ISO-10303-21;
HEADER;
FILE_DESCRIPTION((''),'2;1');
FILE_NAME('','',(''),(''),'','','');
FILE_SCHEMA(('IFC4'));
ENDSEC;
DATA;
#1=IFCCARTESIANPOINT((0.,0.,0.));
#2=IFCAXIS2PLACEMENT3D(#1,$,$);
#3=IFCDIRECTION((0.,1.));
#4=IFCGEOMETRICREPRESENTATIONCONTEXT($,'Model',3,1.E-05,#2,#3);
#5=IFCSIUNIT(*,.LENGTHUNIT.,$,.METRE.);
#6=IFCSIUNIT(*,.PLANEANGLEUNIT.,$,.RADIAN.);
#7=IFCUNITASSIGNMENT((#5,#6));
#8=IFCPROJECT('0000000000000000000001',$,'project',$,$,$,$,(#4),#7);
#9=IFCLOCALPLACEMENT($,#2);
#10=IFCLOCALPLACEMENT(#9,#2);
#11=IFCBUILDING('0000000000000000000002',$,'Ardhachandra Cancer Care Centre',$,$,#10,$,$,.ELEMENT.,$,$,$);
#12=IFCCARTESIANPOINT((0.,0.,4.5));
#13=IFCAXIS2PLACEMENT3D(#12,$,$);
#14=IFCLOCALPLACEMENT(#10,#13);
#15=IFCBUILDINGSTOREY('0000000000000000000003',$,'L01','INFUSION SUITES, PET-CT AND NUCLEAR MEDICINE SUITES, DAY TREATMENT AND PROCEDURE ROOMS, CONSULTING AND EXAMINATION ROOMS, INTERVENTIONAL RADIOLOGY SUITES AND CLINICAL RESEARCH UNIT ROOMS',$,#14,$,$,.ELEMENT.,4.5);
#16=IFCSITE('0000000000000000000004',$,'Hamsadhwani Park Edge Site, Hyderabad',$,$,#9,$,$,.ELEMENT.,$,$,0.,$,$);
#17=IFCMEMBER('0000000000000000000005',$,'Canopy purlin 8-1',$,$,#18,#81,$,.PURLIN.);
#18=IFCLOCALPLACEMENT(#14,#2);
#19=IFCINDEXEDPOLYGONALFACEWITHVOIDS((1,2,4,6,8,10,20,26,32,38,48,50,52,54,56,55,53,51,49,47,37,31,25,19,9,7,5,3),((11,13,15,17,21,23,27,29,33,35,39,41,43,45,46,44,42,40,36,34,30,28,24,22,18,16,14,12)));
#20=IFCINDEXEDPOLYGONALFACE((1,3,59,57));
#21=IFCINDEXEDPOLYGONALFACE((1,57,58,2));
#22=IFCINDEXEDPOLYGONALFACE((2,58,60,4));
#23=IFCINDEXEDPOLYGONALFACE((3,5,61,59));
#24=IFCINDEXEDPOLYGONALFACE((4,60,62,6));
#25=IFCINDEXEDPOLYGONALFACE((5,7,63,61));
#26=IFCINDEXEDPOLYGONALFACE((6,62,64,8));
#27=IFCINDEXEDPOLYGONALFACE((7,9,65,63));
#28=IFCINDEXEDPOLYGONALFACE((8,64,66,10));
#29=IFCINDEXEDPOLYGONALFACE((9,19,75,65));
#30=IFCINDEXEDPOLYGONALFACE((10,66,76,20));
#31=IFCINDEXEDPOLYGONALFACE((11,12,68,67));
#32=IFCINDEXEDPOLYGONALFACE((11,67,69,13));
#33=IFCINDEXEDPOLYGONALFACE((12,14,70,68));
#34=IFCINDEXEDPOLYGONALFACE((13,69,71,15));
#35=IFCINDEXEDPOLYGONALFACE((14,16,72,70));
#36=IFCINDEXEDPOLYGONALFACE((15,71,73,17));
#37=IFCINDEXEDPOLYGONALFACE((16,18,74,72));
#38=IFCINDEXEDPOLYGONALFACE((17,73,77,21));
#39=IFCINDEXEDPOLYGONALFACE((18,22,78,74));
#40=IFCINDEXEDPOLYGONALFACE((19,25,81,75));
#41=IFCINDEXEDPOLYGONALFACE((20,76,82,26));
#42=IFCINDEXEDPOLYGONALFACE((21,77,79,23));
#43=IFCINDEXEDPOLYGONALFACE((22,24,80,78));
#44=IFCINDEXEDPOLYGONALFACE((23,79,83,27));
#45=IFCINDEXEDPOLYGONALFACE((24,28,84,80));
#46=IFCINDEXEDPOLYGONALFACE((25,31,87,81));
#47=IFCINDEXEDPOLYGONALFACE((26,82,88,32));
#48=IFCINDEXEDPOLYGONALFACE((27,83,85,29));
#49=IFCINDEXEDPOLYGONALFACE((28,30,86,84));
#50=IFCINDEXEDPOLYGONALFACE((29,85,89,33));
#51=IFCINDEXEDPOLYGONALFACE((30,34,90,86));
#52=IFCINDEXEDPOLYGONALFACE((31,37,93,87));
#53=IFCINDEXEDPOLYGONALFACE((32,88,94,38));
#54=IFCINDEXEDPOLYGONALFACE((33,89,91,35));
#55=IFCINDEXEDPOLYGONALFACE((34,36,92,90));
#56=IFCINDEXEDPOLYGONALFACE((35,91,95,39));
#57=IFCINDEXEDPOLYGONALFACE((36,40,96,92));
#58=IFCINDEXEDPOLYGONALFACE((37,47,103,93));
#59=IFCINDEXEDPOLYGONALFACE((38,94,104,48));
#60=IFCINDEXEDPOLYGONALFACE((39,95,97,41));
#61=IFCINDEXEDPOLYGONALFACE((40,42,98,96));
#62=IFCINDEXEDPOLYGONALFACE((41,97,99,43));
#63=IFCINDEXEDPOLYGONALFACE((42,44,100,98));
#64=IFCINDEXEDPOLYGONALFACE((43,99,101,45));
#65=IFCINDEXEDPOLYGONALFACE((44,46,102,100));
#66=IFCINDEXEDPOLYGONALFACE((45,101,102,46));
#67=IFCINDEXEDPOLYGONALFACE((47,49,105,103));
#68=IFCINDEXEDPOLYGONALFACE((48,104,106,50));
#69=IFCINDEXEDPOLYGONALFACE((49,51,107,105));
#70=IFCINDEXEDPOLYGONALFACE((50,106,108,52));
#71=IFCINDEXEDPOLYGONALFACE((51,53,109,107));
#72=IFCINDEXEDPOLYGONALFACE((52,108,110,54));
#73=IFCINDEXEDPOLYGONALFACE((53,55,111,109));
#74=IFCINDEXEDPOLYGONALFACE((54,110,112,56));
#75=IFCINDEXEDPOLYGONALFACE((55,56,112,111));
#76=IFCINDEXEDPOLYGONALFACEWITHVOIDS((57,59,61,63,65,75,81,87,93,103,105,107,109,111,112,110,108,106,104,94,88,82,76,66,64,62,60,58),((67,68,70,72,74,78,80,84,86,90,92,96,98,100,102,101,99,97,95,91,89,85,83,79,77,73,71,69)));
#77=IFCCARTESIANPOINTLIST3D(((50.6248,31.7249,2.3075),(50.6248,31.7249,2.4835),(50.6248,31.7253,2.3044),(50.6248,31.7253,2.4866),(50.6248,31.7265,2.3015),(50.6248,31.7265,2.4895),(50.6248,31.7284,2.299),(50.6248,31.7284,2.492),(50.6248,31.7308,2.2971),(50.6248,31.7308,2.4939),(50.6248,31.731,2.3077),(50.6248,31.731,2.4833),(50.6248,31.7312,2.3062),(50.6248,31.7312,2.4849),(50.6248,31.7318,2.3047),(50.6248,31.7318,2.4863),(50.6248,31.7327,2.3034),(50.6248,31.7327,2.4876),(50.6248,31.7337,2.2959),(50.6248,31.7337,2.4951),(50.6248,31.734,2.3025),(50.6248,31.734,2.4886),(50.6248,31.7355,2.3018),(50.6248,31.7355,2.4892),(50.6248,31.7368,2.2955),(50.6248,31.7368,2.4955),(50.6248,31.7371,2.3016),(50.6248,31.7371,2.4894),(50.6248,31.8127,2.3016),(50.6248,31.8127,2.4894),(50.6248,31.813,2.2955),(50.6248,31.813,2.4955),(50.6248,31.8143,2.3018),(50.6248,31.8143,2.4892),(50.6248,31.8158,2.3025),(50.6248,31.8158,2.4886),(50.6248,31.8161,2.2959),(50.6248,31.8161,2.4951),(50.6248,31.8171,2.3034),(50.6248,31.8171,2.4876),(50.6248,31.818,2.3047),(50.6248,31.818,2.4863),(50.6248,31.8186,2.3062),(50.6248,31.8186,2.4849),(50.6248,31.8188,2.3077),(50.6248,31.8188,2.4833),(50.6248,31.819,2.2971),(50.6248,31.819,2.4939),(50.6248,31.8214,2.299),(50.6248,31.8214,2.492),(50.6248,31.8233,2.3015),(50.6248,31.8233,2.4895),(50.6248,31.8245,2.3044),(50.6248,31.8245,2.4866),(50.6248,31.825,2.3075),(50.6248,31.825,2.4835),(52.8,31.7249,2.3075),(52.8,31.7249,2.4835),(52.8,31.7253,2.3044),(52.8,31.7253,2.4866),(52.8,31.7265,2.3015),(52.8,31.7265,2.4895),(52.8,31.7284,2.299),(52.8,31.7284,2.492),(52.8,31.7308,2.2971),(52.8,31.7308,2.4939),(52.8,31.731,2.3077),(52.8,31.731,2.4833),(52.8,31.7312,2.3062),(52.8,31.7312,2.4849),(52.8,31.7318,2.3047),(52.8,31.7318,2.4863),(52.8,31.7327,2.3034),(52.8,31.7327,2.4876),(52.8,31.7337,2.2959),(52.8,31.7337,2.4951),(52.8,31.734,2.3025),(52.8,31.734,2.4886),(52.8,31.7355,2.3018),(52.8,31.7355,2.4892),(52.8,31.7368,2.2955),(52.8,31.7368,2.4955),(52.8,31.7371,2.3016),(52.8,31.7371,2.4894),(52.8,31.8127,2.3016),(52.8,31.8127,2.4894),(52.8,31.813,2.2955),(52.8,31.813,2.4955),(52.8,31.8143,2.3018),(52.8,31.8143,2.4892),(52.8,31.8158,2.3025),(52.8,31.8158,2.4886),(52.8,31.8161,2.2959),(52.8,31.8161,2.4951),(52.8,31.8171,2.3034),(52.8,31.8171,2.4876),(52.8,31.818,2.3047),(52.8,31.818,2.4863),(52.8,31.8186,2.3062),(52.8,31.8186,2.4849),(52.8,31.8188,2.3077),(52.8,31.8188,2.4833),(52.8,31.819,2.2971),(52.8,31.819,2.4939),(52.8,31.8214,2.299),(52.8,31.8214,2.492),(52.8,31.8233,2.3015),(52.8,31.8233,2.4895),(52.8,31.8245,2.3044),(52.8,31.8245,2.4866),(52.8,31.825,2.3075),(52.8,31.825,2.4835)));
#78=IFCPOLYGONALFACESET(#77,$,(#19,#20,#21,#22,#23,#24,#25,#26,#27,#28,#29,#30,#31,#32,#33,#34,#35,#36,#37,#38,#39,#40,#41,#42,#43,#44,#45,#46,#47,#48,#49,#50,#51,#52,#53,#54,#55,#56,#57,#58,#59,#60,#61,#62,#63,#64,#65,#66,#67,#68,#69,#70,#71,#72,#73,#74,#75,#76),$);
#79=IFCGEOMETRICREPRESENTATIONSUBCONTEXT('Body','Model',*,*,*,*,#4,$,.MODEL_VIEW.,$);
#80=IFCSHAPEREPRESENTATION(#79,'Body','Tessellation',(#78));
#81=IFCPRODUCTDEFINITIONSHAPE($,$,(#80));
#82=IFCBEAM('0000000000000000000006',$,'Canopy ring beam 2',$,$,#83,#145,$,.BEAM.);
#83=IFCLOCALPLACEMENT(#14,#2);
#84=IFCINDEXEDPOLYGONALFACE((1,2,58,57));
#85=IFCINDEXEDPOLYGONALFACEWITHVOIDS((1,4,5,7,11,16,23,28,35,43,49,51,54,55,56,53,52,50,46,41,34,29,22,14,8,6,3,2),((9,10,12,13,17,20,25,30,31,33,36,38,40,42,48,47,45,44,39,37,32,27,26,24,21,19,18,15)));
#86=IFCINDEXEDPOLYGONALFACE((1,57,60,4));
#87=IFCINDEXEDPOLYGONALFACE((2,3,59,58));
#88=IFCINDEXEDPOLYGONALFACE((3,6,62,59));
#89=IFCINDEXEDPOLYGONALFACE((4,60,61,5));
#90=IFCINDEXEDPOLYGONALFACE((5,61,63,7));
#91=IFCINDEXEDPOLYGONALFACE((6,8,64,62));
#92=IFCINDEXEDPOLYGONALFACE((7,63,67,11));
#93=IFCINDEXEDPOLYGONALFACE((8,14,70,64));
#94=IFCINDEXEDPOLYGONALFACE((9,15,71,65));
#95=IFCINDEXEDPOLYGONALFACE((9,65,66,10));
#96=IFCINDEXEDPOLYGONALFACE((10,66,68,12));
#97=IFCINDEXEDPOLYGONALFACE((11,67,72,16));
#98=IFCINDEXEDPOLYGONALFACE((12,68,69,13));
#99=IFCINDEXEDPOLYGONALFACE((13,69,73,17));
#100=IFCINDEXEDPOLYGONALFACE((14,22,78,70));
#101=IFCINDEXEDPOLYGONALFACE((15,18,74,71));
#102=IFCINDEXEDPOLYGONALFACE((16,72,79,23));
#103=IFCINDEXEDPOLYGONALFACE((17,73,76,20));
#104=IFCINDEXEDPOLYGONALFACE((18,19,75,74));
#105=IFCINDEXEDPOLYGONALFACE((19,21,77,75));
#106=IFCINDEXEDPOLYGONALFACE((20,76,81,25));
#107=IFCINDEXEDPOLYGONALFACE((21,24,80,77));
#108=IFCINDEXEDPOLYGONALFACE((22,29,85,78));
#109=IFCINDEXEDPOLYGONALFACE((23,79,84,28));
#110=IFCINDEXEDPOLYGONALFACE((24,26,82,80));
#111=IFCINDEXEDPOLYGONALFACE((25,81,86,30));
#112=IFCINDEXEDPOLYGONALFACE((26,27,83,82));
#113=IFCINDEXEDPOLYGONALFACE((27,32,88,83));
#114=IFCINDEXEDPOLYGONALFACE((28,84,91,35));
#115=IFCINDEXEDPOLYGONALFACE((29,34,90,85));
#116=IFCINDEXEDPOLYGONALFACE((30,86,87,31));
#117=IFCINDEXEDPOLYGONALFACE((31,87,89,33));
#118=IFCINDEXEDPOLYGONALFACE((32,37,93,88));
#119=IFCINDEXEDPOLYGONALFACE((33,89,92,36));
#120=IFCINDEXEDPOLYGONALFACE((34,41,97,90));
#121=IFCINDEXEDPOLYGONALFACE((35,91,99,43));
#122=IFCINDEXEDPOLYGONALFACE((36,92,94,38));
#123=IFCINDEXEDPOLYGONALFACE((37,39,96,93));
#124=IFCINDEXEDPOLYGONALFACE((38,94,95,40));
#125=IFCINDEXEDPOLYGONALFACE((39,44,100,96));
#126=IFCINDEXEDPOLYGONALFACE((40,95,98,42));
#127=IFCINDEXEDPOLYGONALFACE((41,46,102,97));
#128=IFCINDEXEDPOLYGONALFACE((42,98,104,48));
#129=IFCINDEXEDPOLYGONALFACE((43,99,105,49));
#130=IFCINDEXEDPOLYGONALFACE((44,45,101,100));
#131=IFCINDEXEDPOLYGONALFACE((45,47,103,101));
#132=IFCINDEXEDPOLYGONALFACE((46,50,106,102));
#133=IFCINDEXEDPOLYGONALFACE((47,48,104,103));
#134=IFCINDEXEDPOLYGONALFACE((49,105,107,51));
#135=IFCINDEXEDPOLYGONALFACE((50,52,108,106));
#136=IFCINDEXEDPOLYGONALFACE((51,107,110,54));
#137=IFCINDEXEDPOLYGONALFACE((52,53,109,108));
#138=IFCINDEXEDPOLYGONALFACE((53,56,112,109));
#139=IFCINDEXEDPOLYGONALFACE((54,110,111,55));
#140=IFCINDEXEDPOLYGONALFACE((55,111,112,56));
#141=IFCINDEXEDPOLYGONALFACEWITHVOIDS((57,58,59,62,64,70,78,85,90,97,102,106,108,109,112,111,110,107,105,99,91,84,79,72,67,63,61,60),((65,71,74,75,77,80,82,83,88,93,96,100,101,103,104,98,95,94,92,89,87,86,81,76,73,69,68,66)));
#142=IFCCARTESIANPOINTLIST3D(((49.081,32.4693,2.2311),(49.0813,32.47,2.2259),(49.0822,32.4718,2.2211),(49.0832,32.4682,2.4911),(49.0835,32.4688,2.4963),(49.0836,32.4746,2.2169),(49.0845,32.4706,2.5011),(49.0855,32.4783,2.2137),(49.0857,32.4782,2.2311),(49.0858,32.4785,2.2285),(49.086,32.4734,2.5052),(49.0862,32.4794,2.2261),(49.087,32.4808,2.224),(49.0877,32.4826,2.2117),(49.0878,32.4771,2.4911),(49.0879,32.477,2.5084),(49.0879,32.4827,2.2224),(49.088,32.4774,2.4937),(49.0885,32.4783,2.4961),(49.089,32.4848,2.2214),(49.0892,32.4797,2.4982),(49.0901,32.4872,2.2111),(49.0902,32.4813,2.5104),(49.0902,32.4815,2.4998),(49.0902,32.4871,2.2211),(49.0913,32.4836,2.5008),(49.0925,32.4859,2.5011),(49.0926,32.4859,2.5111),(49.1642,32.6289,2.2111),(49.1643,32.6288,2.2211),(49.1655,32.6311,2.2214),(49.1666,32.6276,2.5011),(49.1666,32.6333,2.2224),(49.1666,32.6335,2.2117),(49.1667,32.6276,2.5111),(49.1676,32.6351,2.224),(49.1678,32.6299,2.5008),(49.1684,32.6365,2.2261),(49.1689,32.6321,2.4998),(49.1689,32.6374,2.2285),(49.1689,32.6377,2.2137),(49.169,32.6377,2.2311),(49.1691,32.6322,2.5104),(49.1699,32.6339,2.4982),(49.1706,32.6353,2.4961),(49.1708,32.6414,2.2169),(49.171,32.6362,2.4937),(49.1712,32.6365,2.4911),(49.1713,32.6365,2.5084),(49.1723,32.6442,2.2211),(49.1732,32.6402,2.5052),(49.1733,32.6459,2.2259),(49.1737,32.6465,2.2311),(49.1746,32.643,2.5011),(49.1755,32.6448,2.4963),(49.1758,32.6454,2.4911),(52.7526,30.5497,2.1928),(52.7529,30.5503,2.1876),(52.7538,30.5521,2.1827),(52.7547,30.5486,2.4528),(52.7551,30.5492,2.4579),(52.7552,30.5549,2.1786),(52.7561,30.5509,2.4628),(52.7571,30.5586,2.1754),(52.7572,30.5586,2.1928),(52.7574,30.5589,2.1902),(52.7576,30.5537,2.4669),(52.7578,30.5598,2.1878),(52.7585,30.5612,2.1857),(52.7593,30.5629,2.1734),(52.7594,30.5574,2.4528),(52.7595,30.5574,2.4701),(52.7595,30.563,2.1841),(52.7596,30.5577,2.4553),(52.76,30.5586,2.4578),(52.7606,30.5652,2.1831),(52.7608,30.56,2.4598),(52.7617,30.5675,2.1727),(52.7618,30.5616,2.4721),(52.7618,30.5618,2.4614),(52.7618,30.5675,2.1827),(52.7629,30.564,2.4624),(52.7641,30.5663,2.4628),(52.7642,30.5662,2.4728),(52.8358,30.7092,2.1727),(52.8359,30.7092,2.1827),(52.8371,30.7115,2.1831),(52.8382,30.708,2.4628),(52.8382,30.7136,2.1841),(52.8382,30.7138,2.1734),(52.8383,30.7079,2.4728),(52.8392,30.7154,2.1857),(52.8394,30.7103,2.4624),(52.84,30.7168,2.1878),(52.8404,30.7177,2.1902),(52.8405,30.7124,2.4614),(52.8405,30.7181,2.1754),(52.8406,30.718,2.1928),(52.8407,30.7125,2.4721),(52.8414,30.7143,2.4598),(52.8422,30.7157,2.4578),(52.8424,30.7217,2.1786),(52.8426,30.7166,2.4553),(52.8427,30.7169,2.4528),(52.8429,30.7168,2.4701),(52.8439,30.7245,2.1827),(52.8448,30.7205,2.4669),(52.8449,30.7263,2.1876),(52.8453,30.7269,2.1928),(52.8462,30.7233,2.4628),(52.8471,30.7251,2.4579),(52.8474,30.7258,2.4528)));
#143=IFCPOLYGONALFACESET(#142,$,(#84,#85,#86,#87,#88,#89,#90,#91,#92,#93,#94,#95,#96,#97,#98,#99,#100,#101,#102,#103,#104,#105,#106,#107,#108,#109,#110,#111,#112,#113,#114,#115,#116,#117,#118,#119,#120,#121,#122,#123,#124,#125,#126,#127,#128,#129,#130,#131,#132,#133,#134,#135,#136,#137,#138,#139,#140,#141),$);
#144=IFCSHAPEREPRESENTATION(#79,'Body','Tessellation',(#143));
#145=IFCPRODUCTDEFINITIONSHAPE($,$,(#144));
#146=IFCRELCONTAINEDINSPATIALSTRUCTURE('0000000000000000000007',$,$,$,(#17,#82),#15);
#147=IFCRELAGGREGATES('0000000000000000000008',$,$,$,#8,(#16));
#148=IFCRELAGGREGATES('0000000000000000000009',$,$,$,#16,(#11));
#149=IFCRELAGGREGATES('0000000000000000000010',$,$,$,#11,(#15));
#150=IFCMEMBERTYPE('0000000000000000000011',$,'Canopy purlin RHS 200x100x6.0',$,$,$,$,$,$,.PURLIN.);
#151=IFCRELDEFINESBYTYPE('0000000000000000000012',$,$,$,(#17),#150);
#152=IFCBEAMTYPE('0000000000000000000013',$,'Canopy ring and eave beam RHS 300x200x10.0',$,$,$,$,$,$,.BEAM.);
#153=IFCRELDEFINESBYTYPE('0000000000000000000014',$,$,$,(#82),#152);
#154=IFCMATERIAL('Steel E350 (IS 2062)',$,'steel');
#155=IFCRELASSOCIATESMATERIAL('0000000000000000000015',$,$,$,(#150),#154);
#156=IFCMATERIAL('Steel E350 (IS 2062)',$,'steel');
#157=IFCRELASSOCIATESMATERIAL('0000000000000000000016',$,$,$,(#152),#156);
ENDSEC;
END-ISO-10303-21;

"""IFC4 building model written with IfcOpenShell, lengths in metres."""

from ifc_helpers import new_model, si_unit, direction, frame, origin, origin_2d, place, context, subcontext, project, spatial, hollow_rectangle, extrude, material, material_profile, profile_set, type_object, element, save


model = new_model("IFC4")

# Units and contexts
model_context = context("Model", 3, precision=1e-05, world=origin(), true_north=direction((0.0, 1.0)))
body_context = subcontext(model_context, "Body", "Model", "MODEL_VIEW")
ifc_project = project(units=[si_unit("LENGTHUNIT", "METRE"), si_unit("PLANEANGLEUNIT", "RADIAN")], contexts=[model_context])

# Site, building, storey
site_placement = place(None, origin())
site = spatial("IfcSite", under=ifc_project, at=site_placement, Name="Hamsadhwani Park Edge Site, Hyderabad", CompositionType="ELEMENT", RefElevation=0.0)
building_placement = place(site_placement, origin())
building = spatial("IfcBuilding", under=site, at=building_placement, Name="Ardhachandra Cancer Care Centre", CompositionType="ELEMENT")
storey_placement = place(building_placement, frame((0.0, 0.0, 4.5)))
storey = spatial("IfcBuildingStorey", under=building, at=storey_placement, Name="L01", Description="INFUSION SUITES, PET-CT AND NUCLEAR MEDICINE SUITES, DAY TREATMENT AND PROCEDURE ROOMS, CONSULTING AND EXAMINATION ROOMS, INTERVENTIONAL RADIOLOGY SUITES AND CLINICAL RESEARCH UNIT ROOMS", CompositionType="ELEMENT", Elevation=4.5)

# Member
ifc_material_1 = material(Name="Steel E350 (IS 2062)", Category="steel")
ifc_material_profile_1 = material_profile(ifc_material_1, hollow_rectangle(XDim=0.1001, YDim=0.2, WallThickness=0.0061, InnerFilletRadius=0.0061, OuterFilletRadius=0.012, at=origin_2d()), Name="RHS 200x100x6.0")
ifc_profile_set_1 = profile_set([ifc_material_profile_1], Name="Steel E350 (IS 2062)")
member_type_1 = type_object("IfcMemberType", Name="Canopy purlin RHS 200x100x6.0", PredefinedType="PURLIN", material=ifc_profile_set_1)
member_1_placement = place(storey_placement, frame((50.6248, 31.7749, 2.3955), z_axis=(1.0, 0.0, 0.0), x_axis=(0.0, 1.0, 0.0)))
element("IfcMember", 1, at=member_1_placement, inside=storey, type_object=member_type_1, Name="Canopy purlin 8-1", PredefinedType="PURLIN", context=body_context, shape_type="SweptSolid", body=[
    extrude(hollow_rectangle(XDim=0.1001, YDim=0.2, WallThickness=0.0061, InnerFilletRadius=0.0061, OuterFilletRadius=0.012, at=origin_2d()), origin(), (0.0, 0.0, 1.0), 2.1753),
])

# Beam
ifc_material_2 = material(Name="Steel E350 (IS 2062)", Category="steel")
ifc_material_profile_2 = material_profile(ifc_material_2, hollow_rectangle(XDim=0.2, YDim=0.3, WallThickness=0.01, InnerFilletRadius=0.01, OuterFilletRadius=0.02, at=origin_2d()), Name="RHS 300x200x10.0")
ifc_profile_set_2 = profile_set([ifc_material_profile_2], Name="Steel E350 (IS 2062)")
beam_type = type_object("IfcBeamType", Name="Canopy ring and eave beam RHS 300x200x10.0", PredefinedType="BEAM", material=ifc_profile_set_2)
beam_1_placement = place(storey_placement, frame((49.1284, 32.5574, 2.3611), z_axis=(0.886146, -0.463313, -0.009251), x_axis=(0.463333, 0.886184, 0.0)))
element("IfcBeam", 2, at=beam_1_placement, inside=storey, type_object=beam_type, Name="Canopy ring beam 2", PredefinedType="BEAM", context=body_context, shape_type="SweptSolid", body=[
    extrude(hollow_rectangle(XDim=0.2, YDim=0.3, WallThickness=0.01, InnerFilletRadius=0.01, OuterFilletRadius=0.02, at=origin_2d()), origin(), (0.0, 0.0, 1.0), 4.1433),
])

save(model, "model.ifc")
